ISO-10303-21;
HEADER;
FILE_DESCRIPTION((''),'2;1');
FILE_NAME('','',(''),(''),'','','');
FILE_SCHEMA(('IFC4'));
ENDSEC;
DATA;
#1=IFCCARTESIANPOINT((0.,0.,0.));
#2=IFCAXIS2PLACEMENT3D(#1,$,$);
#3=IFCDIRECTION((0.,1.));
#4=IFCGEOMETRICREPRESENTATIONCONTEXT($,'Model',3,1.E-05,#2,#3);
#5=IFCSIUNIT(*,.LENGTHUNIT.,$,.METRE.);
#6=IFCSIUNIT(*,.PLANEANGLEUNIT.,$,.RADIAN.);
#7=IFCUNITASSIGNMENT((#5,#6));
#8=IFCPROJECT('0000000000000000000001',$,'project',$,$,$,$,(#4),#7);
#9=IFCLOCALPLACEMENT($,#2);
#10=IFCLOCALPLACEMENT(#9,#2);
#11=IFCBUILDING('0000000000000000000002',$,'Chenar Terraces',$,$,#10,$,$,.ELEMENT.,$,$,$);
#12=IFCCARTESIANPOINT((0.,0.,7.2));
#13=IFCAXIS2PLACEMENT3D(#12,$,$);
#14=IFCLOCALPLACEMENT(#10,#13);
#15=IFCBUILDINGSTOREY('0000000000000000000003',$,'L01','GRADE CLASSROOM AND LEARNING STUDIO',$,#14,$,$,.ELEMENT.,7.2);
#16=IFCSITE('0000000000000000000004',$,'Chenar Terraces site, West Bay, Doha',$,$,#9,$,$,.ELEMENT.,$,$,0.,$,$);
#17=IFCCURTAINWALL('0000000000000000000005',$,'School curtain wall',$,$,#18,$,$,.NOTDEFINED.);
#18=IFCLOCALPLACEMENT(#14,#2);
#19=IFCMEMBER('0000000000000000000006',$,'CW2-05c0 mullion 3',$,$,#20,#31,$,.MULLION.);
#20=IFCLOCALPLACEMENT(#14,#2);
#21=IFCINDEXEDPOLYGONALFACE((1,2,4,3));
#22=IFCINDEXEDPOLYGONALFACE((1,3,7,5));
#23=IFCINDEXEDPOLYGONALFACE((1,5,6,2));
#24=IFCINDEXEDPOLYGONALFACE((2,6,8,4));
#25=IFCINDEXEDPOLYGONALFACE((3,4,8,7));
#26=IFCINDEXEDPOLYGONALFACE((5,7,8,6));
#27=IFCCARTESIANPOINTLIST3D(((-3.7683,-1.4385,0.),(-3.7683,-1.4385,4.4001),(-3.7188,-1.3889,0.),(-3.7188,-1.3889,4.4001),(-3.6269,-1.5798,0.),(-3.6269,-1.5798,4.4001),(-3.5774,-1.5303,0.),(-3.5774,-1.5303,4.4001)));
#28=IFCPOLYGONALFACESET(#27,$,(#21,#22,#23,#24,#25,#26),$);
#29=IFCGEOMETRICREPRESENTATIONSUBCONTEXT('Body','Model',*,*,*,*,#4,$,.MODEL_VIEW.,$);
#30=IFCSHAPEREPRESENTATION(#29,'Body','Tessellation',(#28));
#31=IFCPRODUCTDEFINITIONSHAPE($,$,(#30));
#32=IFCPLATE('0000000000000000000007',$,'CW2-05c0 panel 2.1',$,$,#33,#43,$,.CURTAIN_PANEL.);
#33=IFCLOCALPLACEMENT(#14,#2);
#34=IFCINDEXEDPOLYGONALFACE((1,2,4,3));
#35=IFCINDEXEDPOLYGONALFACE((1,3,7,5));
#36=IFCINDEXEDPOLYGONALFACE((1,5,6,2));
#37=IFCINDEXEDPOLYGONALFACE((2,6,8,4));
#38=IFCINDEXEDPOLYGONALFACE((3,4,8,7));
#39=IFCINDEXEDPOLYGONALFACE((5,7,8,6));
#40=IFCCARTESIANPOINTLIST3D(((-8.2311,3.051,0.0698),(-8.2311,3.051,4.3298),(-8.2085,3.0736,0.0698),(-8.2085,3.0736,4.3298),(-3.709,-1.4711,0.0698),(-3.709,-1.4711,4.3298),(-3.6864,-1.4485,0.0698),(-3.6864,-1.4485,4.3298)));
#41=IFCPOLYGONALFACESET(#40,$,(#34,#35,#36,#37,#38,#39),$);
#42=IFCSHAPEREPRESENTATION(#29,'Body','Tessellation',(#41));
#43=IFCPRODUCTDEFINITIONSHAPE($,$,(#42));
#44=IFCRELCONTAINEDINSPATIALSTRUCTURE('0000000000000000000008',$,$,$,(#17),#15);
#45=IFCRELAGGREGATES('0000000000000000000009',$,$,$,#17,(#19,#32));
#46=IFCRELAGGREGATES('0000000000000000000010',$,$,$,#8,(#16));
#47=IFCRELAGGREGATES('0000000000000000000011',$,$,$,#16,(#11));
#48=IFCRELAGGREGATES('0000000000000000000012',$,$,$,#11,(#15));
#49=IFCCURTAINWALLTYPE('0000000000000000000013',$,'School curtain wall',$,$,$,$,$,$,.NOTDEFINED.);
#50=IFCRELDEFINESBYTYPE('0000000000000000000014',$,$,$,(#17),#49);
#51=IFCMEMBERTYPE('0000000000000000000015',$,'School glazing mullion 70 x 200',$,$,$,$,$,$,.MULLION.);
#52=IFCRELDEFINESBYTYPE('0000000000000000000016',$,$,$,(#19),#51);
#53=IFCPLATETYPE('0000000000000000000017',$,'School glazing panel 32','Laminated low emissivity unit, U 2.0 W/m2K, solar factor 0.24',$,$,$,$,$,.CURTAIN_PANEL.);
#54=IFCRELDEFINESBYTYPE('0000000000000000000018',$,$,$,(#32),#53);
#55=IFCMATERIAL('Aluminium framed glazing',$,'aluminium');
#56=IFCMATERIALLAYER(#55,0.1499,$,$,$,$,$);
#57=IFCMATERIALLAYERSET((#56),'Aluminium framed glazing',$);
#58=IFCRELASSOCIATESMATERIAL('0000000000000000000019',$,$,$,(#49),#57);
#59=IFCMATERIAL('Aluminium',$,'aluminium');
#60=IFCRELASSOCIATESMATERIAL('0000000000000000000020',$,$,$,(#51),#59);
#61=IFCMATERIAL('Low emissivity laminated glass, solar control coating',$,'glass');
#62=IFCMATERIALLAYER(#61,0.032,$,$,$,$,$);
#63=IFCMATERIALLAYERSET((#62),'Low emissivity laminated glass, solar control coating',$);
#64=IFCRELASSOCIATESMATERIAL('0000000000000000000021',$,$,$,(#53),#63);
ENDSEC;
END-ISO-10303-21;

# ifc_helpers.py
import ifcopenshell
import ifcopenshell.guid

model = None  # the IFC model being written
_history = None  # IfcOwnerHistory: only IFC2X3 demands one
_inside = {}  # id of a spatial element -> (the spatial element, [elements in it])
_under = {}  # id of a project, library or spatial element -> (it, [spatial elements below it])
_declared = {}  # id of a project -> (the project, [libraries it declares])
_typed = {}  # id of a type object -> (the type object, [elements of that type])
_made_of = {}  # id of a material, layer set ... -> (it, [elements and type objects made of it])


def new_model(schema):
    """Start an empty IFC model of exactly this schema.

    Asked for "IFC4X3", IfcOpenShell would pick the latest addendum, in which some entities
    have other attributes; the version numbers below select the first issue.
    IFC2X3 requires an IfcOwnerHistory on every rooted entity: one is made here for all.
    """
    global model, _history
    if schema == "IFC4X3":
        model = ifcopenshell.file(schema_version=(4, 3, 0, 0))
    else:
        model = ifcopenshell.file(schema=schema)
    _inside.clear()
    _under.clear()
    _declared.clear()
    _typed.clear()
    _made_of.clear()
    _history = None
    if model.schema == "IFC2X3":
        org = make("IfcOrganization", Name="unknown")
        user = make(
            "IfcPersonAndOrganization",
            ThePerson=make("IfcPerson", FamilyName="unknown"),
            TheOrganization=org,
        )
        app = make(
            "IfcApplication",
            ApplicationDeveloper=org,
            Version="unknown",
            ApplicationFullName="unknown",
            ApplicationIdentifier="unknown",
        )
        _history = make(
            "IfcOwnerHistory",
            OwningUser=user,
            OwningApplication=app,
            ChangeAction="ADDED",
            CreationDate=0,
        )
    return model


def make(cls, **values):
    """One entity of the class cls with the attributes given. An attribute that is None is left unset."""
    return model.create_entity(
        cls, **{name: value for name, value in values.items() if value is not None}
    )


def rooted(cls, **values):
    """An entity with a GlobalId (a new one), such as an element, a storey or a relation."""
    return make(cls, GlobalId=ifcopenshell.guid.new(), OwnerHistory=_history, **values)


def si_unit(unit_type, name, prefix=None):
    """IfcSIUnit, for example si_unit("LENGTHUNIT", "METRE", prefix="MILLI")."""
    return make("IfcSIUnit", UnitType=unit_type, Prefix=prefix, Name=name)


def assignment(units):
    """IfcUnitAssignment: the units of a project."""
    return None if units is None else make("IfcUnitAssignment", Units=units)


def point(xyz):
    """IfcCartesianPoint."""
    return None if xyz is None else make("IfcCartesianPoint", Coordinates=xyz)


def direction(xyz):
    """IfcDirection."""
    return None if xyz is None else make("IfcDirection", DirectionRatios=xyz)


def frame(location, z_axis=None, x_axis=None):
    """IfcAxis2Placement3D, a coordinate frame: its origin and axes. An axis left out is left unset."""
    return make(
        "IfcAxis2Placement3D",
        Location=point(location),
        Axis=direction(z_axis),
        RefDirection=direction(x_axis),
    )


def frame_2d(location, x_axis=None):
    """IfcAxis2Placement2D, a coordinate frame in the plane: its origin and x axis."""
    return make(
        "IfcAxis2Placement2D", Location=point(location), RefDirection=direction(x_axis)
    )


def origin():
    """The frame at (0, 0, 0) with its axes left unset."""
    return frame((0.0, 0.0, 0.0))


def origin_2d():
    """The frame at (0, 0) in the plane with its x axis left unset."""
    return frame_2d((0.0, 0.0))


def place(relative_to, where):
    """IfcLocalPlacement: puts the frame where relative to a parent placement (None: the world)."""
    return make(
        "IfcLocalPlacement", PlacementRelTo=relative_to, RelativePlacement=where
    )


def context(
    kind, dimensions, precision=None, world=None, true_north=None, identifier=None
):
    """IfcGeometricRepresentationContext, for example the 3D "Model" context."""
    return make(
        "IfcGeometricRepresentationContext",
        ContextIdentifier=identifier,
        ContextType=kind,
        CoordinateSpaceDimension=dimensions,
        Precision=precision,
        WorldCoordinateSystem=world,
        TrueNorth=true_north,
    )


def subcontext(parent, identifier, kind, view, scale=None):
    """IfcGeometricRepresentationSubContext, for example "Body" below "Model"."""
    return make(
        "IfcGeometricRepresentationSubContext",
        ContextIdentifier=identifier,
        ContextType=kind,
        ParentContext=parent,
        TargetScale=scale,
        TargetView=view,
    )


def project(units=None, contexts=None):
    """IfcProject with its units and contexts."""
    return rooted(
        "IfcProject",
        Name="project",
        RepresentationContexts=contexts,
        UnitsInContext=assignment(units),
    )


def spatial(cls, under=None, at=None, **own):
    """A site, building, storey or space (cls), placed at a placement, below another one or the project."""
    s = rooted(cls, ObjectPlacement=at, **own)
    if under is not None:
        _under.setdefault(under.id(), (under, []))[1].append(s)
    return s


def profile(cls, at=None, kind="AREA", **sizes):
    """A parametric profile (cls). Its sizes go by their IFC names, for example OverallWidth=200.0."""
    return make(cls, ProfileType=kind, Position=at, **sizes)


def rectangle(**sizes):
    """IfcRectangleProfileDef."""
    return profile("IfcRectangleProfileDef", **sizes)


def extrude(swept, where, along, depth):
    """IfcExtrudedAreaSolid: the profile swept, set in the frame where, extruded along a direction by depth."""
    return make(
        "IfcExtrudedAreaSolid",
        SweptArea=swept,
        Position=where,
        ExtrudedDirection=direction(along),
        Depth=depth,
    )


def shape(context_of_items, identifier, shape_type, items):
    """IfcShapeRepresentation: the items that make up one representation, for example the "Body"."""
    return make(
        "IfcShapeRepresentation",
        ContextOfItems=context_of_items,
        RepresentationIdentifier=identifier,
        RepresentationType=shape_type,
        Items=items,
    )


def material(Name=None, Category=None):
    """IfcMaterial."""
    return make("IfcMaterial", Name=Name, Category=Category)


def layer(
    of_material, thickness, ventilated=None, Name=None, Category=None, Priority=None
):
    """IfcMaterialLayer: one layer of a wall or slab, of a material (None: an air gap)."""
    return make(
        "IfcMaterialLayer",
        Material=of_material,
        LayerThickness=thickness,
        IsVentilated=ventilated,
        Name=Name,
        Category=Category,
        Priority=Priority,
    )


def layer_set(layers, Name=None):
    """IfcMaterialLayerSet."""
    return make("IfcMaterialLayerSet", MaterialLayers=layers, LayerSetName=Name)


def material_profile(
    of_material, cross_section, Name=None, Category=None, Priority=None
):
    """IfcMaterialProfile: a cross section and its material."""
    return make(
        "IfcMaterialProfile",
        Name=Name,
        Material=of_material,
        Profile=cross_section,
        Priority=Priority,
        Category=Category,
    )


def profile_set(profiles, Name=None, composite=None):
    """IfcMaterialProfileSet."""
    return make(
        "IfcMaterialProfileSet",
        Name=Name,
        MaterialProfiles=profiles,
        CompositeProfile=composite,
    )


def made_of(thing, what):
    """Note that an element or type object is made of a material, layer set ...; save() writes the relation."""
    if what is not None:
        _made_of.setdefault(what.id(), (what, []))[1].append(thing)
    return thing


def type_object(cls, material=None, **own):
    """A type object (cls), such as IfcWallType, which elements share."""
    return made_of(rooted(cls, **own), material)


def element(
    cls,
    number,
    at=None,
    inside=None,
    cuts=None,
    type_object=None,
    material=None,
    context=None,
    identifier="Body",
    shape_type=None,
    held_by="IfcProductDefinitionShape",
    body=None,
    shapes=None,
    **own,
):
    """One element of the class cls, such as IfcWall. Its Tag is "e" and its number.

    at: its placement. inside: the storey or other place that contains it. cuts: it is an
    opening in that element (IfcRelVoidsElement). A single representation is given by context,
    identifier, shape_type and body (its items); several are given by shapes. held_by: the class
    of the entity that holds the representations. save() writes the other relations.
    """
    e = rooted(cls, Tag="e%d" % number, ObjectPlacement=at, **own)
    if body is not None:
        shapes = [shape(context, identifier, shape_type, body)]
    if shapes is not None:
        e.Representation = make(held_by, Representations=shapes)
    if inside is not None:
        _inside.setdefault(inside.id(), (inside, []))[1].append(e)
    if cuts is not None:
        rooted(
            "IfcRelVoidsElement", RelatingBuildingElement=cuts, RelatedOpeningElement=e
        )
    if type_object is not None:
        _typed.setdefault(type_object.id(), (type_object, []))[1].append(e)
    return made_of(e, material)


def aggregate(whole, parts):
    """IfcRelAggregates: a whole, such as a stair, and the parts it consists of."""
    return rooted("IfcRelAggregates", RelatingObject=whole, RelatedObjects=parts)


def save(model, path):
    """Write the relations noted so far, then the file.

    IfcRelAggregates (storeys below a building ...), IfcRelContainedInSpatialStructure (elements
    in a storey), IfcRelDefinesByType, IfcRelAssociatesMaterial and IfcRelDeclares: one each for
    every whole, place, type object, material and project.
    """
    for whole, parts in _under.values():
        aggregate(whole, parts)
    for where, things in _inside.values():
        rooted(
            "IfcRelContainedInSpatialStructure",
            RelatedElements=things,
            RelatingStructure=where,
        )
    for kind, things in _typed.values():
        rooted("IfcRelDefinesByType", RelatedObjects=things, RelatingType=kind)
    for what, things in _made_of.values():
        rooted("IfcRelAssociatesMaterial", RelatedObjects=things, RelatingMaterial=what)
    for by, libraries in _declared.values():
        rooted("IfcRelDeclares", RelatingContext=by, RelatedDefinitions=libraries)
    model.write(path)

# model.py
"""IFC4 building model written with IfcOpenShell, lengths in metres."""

from ifc_helpers import new_model, si_unit, direction, frame, origin, origin_2d, place, context, subcontext, project, spatial, rectangle, extrude, material, layer, layer_set, material_profile, profile_set, type_object, element, aggregate, save


model = new_model("IFC4")

# Units and contexts
model_context = context("Model", 3, precision=1e-05, world=origin(), true_north=direction((0.0, 1.0)))
body_context = subcontext(model_context, "Body", "Model", "MODEL_VIEW")
ifc_project = project(units=[si_unit("LENGTHUNIT", "METRE"), si_unit("PLANEANGLEUNIT", "RADIAN")], contexts=[model_context])

# Site, building, storey
site_placement = place(None, origin())
site = spatial("IfcSite", under=ifc_project, at=site_placement, Name="Chenar Terraces site, West Bay, Doha", CompositionType="ELEMENT", RefElevation=0.0)
building_placement = place(site_placement, origin())
building = spatial("IfcBuilding", under=site, at=building_placement, Name="Chenar Terraces", CompositionType="ELEMENT")
storey_placement = place(building_placement, frame((0.0, 0.0, 7.2)))
storey = spatial("IfcBuildingStorey", under=building, at=storey_placement, Name="L01", Description="GRADE CLASSROOM AND LEARNING STUDIO", CompositionType="ELEMENT", Elevation=7.2)

# Curtain wall, member, plate
ifc_material_1 = material(Name="Aluminium framed glazing", Category="aluminium")
ifc_layer_1 = layer(ifc_material_1, 0.1499)
ifc_layer_set_1 = layer_set([ifc_layer_1], Name="Aluminium framed glazing")
curtain_wall_type = type_object("IfcCurtainWallType", Name="School curtain wall", PredefinedType="NOTDEFINED", material=ifc_layer_set_1)
curtain_wall_placement = place(storey_placement, origin())
curtain_wall = element("IfcCurtainWall", 1, at=curtain_wall_placement, inside=storey, type_object=curtain_wall_type, Name="School curtain wall", PredefinedType="NOTDEFINED")
ifc_material_2 = material(Name="Aluminium", Category="aluminium")
ifc_material_profile = material_profile(ifc_material_2, rectangle(XDim=0.0701, YDim=0.2, at=origin_2d()), Name="School glazing mullion 70 x 200")
ifc_profile_set = profile_set([ifc_material_profile], Name="Aluminium")
member_type = type_object("IfcMemberType", Name="School glazing mullion 70 x 200", PredefinedType="MULLION", material=ifc_profile_set)
member_placement = place(storey_placement, frame((-3.6729, -1.4844, 0.0), z_axis=(0.0, 0.0, 1.0), x_axis=(0.707107, 0.707107, 0.0)))
member = element("IfcMember", 2, at=member_placement, type_object=member_type, Name="CW2-05c0 mullion 3", PredefinedType="MULLION", context=body_context, shape_type="SweptSolid", body=[
    extrude(rectangle(XDim=0.0701, YDim=0.2, at=origin_2d()), origin(), (0.0, 0.0, 1.0), 4.4001),
])
ifc_material_3 = material(Name="Low emissivity laminated glass, solar control coating", Category="glass")
ifc_layer_2 = layer(ifc_material_3, 0.032)
ifc_layer_set_2 = layer_set([ifc_layer_2], Name="Low emissivity laminated glass, solar control coating")
plate_type = type_object("IfcPlateType", Name="School glazing panel 32", Description="Laminated low emissivity unit, U 2.0 W/m2K, solar factor 0.24", PredefinedType="CURTAIN_PANEL", material=ifc_layer_set_2)
plate_placement = place(storey_placement, frame((-5.9587, 0.8013, 0.0698), z_axis=(0.0, 0.0, 1.0), x_axis=(0.707107, -0.707107, 0.0)))
plate = element("IfcPlate", 3, at=plate_placement, type_object=plate_type, Name="CW2-05c0 panel 2.1", PredefinedType="CURTAIN_PANEL", context=body_context, shape_type="SweptSolid", body=[
    extrude(rectangle(XDim=6.3953, YDim=0.032, at=origin_2d()), origin(), (0.0, 0.0, 1.0), 4.26),
])
aggregate(curtain_wall, [member, plate])

save(model, "model.ifc")
